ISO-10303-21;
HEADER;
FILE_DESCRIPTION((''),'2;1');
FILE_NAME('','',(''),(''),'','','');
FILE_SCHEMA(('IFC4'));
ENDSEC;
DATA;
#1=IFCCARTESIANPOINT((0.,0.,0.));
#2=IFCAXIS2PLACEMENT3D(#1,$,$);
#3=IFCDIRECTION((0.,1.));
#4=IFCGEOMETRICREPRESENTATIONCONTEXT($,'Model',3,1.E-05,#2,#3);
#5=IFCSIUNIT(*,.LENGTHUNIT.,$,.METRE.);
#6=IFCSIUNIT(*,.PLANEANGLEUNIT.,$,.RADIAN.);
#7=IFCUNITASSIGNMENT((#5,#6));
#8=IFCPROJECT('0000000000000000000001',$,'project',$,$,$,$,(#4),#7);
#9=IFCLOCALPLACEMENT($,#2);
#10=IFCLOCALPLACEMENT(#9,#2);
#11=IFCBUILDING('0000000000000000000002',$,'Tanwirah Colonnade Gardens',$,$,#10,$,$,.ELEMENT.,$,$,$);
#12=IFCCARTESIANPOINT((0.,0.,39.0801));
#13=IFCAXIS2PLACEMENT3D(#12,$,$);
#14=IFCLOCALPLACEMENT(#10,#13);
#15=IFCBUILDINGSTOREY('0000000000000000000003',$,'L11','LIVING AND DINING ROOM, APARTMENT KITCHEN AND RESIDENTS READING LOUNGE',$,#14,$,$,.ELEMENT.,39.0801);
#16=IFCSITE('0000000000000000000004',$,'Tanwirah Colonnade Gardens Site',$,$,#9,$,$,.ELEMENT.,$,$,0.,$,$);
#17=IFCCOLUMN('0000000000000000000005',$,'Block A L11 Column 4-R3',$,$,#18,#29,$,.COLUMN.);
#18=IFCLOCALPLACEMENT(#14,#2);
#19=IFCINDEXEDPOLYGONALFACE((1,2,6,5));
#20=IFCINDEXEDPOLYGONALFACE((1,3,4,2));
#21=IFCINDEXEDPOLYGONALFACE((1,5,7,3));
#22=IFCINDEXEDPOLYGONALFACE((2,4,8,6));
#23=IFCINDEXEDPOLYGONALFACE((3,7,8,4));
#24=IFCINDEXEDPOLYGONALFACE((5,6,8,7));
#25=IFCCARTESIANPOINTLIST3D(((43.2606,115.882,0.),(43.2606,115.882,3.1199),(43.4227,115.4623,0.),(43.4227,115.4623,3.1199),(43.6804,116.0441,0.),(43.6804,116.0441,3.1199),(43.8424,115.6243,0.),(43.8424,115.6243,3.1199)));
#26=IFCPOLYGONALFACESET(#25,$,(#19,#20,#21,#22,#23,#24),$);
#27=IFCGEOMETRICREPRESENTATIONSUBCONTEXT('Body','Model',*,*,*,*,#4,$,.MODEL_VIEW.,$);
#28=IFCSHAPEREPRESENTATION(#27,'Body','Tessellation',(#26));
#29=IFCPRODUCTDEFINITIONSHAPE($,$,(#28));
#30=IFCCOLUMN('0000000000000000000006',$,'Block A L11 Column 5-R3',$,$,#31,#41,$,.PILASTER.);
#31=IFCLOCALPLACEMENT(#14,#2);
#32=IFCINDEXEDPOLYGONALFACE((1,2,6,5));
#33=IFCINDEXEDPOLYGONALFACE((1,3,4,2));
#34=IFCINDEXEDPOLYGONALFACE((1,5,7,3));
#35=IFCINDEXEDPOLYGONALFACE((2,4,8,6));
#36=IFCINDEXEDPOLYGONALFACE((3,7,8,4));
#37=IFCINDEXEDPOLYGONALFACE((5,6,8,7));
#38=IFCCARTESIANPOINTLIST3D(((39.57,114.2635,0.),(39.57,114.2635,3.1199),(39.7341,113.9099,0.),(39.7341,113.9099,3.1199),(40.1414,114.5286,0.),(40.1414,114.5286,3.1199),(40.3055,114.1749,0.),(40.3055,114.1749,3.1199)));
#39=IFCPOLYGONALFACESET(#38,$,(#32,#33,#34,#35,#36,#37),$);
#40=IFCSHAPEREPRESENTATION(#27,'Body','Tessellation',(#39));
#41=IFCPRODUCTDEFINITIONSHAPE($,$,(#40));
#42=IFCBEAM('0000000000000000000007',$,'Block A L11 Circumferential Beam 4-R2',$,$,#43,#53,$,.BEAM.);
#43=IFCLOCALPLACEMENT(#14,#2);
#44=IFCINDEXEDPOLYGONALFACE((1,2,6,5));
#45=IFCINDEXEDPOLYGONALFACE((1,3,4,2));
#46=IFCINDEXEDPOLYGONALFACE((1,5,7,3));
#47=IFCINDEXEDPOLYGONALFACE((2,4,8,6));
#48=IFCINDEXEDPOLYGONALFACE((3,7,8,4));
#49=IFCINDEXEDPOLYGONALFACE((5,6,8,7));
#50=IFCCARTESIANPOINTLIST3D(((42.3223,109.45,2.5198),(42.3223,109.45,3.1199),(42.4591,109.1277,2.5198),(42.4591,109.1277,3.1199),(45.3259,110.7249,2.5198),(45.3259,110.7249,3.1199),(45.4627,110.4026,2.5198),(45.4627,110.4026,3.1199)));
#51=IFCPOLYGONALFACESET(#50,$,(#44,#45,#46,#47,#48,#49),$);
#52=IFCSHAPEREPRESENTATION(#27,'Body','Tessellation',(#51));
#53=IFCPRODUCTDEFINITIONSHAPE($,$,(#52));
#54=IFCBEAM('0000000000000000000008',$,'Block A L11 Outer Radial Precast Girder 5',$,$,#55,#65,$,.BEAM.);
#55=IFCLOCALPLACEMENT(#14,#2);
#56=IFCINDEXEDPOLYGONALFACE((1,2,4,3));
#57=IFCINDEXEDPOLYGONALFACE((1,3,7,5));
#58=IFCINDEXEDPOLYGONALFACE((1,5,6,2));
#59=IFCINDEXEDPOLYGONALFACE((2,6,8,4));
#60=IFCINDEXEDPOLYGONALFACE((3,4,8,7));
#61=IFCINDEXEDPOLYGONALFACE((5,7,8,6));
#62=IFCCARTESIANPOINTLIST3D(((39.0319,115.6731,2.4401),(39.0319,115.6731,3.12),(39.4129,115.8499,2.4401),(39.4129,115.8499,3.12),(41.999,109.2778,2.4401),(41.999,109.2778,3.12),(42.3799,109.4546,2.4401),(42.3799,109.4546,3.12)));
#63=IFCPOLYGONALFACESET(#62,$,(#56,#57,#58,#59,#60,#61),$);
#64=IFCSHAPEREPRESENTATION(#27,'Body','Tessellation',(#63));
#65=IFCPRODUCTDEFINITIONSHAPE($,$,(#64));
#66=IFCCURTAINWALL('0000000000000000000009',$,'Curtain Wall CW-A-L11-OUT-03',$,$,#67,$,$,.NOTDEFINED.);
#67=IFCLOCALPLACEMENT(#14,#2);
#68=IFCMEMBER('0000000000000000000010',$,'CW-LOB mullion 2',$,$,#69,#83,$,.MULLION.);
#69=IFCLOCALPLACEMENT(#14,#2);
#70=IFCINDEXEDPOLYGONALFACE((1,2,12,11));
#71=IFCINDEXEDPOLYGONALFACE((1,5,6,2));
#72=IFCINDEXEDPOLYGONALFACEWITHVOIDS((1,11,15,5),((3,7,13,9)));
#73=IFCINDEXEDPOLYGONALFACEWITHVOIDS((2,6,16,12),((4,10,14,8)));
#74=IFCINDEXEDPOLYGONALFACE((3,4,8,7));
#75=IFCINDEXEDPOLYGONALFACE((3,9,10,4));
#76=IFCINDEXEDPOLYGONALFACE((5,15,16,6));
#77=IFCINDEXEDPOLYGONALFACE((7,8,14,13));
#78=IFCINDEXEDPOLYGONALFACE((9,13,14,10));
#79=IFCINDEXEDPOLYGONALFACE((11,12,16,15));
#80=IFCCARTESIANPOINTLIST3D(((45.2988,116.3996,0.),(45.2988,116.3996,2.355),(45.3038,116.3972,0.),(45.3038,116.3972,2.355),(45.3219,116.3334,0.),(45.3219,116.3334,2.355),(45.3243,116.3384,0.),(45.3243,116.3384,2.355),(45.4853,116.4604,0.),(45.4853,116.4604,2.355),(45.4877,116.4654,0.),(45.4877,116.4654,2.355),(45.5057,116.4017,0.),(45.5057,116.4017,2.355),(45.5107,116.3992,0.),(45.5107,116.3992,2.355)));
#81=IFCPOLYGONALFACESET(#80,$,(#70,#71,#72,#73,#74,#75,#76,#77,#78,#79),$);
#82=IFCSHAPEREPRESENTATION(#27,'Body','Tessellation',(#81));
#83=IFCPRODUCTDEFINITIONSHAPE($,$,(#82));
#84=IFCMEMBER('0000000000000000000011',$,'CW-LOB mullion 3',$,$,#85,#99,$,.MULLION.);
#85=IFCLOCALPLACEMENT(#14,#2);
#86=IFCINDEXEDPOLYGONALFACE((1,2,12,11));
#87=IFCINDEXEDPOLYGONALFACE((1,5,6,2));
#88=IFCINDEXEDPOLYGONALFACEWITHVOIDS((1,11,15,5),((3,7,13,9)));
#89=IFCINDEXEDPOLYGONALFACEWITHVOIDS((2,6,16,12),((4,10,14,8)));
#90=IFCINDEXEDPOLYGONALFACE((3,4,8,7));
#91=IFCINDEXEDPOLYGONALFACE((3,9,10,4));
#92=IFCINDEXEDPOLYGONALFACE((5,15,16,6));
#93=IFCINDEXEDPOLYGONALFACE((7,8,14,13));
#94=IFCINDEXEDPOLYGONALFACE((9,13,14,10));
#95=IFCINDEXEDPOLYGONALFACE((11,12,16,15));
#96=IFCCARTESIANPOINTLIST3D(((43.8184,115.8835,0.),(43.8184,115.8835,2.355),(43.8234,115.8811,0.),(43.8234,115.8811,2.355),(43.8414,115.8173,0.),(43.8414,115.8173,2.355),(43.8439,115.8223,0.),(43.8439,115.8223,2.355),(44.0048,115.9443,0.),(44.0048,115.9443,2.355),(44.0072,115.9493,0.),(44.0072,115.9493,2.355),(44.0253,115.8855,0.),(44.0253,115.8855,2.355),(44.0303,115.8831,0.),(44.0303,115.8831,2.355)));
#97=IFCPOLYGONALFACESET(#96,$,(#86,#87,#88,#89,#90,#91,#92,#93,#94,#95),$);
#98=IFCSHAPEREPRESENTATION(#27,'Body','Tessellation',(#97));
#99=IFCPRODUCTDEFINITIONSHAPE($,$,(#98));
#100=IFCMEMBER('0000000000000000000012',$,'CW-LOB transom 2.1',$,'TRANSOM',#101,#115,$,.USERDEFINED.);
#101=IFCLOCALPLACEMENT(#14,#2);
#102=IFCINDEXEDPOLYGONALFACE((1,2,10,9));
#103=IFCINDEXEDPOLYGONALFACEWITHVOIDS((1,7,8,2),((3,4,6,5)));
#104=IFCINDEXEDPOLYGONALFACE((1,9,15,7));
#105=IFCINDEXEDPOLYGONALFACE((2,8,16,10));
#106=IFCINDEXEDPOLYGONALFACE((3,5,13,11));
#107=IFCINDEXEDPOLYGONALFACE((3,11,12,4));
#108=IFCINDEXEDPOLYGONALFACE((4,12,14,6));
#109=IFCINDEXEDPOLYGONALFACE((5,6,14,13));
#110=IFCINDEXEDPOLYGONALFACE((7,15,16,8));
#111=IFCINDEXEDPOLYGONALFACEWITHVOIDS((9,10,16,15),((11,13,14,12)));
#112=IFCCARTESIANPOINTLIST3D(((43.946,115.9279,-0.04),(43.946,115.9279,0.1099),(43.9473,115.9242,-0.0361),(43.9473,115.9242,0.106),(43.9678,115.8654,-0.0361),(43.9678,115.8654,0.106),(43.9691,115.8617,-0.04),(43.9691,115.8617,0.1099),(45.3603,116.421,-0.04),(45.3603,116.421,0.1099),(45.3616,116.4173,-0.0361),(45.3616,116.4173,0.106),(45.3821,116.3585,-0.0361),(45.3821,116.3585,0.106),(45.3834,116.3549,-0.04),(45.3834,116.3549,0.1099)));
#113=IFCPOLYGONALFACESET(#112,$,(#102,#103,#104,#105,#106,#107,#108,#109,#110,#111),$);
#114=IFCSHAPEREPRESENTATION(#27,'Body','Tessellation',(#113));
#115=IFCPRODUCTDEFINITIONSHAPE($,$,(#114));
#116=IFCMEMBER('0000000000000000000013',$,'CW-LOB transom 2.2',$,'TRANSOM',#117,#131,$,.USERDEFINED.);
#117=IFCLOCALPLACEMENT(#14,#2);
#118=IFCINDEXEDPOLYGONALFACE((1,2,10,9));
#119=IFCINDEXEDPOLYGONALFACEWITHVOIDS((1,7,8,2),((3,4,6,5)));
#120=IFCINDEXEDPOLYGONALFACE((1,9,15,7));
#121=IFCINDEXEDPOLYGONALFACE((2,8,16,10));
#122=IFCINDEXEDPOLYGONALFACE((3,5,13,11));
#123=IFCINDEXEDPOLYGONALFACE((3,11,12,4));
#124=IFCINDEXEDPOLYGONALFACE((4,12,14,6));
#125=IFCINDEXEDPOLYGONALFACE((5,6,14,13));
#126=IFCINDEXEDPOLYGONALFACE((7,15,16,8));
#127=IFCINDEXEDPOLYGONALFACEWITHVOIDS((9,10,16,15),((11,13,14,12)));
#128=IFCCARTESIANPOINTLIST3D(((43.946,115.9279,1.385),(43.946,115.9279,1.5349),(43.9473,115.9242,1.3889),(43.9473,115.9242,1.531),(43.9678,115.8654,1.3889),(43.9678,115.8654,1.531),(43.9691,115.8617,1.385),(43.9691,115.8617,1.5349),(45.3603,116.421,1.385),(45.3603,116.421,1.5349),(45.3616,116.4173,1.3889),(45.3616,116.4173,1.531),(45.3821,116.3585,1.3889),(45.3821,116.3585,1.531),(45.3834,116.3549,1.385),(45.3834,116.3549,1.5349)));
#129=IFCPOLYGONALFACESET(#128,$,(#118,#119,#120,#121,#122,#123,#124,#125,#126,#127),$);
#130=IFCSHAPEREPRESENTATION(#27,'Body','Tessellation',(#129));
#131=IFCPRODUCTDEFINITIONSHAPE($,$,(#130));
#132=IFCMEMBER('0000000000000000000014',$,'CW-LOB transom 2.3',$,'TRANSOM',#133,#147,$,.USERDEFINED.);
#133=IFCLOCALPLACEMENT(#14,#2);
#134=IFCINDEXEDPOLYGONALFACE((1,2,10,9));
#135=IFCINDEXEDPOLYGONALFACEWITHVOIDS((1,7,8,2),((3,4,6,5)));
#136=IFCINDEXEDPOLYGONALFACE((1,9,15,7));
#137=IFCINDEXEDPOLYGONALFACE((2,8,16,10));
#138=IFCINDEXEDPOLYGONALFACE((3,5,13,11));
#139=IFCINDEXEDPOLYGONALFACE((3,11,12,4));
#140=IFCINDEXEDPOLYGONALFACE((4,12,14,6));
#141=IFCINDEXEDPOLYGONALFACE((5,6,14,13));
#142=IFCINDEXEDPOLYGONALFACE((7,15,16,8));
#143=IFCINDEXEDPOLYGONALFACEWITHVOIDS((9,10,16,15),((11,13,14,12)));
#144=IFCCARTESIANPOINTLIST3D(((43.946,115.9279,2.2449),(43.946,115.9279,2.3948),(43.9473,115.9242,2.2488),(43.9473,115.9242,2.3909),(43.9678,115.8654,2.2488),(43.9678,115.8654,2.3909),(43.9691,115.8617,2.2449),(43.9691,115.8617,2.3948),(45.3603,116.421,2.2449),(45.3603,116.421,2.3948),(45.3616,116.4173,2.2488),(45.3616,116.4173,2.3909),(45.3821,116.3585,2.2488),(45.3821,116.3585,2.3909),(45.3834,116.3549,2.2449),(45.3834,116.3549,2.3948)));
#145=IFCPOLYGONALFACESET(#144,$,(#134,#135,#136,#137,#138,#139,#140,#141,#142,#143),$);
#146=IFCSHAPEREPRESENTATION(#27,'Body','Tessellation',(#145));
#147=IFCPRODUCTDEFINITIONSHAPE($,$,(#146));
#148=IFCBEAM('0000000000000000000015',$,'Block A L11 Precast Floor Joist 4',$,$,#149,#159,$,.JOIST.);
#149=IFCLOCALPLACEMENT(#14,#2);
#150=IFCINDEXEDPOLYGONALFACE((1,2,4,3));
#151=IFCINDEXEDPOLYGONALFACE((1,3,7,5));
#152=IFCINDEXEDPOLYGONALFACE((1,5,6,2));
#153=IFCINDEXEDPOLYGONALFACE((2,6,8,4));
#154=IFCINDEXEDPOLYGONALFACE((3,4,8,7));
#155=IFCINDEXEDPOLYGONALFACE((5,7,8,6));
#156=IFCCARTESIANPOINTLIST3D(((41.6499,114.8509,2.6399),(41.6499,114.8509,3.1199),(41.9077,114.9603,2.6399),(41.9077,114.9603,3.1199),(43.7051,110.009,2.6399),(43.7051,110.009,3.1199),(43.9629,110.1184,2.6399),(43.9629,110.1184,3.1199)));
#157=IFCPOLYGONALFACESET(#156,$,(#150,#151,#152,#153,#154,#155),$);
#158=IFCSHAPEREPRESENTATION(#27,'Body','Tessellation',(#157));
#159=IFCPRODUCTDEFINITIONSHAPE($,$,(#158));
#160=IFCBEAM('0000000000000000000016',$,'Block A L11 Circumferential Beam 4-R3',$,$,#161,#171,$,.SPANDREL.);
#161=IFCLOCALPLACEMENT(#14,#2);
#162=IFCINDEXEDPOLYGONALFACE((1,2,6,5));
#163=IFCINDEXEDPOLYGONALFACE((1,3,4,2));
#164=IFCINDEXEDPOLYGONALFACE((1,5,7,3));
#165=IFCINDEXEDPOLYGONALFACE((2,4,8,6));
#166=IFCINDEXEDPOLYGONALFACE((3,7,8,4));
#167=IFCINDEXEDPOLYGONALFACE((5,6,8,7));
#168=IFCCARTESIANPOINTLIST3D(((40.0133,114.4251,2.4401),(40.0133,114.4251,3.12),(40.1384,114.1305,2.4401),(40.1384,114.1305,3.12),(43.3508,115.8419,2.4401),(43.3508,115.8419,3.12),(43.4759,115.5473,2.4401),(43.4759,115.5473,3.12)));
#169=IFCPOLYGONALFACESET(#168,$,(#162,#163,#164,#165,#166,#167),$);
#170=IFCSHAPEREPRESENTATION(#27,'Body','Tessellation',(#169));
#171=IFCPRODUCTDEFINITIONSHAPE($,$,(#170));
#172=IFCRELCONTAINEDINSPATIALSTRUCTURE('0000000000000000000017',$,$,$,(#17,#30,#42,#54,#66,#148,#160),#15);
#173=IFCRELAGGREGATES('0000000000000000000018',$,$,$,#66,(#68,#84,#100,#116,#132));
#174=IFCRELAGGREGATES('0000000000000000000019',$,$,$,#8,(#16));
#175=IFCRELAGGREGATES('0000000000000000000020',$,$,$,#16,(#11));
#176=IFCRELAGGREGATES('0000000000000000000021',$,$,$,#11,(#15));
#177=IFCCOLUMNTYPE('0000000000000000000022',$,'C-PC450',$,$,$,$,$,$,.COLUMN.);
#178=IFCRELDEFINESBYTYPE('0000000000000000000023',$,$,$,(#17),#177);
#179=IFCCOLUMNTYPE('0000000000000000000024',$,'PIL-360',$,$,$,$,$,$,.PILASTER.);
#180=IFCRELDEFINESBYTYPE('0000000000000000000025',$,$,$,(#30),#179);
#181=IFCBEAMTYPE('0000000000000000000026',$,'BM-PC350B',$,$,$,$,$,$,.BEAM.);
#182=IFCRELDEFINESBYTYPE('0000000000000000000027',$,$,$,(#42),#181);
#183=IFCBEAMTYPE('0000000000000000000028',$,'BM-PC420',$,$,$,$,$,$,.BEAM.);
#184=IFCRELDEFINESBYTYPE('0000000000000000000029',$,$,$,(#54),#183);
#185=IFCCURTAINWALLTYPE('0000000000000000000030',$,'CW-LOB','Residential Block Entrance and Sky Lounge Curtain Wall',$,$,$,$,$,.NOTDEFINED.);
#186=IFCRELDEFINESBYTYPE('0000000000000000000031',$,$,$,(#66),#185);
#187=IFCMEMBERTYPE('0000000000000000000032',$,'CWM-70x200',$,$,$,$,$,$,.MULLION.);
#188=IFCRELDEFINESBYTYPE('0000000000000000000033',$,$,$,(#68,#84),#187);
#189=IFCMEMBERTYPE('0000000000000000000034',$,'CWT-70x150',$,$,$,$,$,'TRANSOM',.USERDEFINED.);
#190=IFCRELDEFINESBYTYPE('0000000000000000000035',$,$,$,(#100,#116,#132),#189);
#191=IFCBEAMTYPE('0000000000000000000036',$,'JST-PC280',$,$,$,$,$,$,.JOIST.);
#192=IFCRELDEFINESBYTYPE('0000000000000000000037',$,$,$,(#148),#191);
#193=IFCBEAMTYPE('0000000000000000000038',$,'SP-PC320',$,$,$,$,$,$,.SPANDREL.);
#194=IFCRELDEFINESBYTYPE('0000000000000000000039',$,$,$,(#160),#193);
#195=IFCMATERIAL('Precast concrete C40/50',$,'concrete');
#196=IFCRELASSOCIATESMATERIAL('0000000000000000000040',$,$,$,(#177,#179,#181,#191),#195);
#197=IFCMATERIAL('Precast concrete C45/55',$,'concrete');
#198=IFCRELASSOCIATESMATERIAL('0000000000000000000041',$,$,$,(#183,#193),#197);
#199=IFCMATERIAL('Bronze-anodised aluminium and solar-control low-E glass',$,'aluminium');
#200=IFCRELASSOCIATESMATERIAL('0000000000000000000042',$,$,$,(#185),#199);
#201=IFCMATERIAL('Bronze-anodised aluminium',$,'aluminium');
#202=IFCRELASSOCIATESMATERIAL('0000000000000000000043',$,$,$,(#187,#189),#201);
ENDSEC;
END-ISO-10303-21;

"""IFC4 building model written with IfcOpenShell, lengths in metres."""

from ifc_helpers import new_model, si_unit, direction, frame, origin, origin_2d, place, context, subcontext, project, spatial, rectangle, hollow_rectangle, extrude, material, material_profile, profile_set, type_object, element, aggregate, save


model = new_model("IFC4")

# Units and contexts
model_context = context("Model", 3, precision=1e-05, world=origin(), true_north=direction((0.0, 1.0)))
body_context = subcontext(model_context, "Body", "Model", "MODEL_VIEW")
ifc_project = project(units=[si_unit("LENGTHUNIT", "METRE"), si_unit("PLANEANGLEUNIT", "RADIAN")], contexts=[model_context])

# Site, building, storey
site_placement = place(None, origin())
site = spatial("IfcSite", under=ifc_project, at=site_placement, Name="Tanwirah Colonnade Gardens Site", CompositionType="ELEMENT", RefElevation=0.0)
building_placement = place(site_placement, origin())
building = spatial("IfcBuilding", under=site, at=building_placement, Name="Tanwirah Colonnade Gardens", CompositionType="ELEMENT")
storey_placement = place(building_placement, frame((0.0, 0.0, 39.0801)))
storey = spatial("IfcBuildingStorey", under=building, at=storey_placement, Name="L11", Description="LIVING AND DINING ROOM, APARTMENT KITCHEN AND RESIDENTS READING LOUNGE", CompositionType="ELEMENT", Elevation=39.0801)

# Columns
ifc_material_1 = material(Name="Precast concrete C40/50", Category="concrete")
ifc_material_profile_1 = material_profile(ifc_material_1, rectangle(XDim=0.45, YDim=0.45, at=origin_2d()), Name="PC-COL 450x450")
ifc_profile_set_1 = profile_set([ifc_material_profile_1], Name="Precast concrete C40/50")
column_type_1 = type_object("IfcColumnType", Name="C-PC450", PredefinedType="COLUMN", material=ifc_profile_set_1)
column_1_placement = place(storey_placement, frame((43.5515, 115.7532, 0.0), z_axis=(0.0, 0.0, 1.0), x_axis=(-0.360178, 0.932884, 0.0)))
element("IfcColumn", 1, at=column_1_placement, inside=storey, type_object=column_type_1, Name="Block A L11 Column 4-R3", PredefinedType="COLUMN", context=body_context, shape_type="SweptSolid", body=[
    extrude(rectangle(XDim=0.45, YDim=0.45, at=origin_2d()), origin(), (0.0, 0.0, 1.0), 3.1199),
])
ifc_material_profile_2 = material_profile(ifc_material_1, rectangle(XDim=0.3899, YDim=0.6299, at=origin_2d()), Name="PC-PIL 390x630")
ifc_profile_set_2 = profile_set([ifc_material_profile_2], Name="Precast concrete C40/50")
column_type_2 = type_object("IfcColumnType", Name="PIL-360", PredefinedType="PILASTER", material=ifc_profile_set_2)
column_2_placement = place(storey_placement, frame((39.9377, 114.2192, 0.0), z_axis=(0.0, 0.0, 1.0), x_axis=(-0.42086, 0.907126, 0.0)))
element("IfcColumn", 2, at=column_2_placement, inside=storey, type_object=column_type_2, Name="Block A L11 Column 5-R3", PredefinedType="PILASTER", context=body_context, shape_type="SweptSolid", body=[
    extrude(rectangle(XDim=0.3899, YDim=0.6299, at=origin_2d()), origin(), (0.0, 0.0, 1.0), 3.1199),
])

# Beams
ifc_material_profile_3 = material_profile(ifc_material_1, rectangle(XDim=0.3501, YDim=0.6001, at=origin_2d()), Name="PC-BM 350x600")
ifc_profile_set_3 = profile_set([ifc_material_profile_3], Name="Precast concrete C40/50")
beam_type_1 = type_object("IfcBeamType", Name="BM-PC350B", PredefinedType="BEAM", material=ifc_profile_set_3)
beam_1_placement = place(storey_placement, frame((45.3943, 110.5637, 2.8198), z_axis=(-0.920513, -0.390711, 0.0), x_axis=(0.390711, -0.920513, 0.0)))
element("IfcBeam", 3, at=beam_1_placement, inside=storey, type_object=beam_type_1, Name="Block A L11 Circumferential Beam 4-R2", PredefinedType="BEAM", context=body_context, shape_type="SweptSolid", body=[
    extrude(rectangle(XDim=0.3501, YDim=0.6001, at=origin_2d()), origin(), (0.0, 0.0, 1.0), 3.2629),
])
ifc_material_2 = material(Name="Precast concrete C45/55", Category="concrete")
ifc_material_profile_4 = material_profile(ifc_material_2, rectangle(XDim=0.4199, YDim=0.6799, at=origin_2d()), Name="PC-BM 420x680")
ifc_profile_set_4 = profile_set([ifc_material_profile_4], Name="Precast concrete C45/55")
beam_type_2 = type_object("IfcBeamType", Name="BM-PC420", PredefinedType="BEAM", material=ifc_profile_set_4)
beam_2_placement = place(storey_placement, frame((42.1895, 109.3662, 2.78), z_axis=(-0.420856, 0.907128, 0.0), x_axis=(-0.907128, -0.420856, 0.0)))
element("IfcBeam", 4, at=beam_2_placement, inside=storey, type_object=beam_type_2, Name="Block A L11 Outer Radial Precast Girder 5", PredefinedType="BEAM", context=body_context, shape_type="SweptSolid", body=[
    extrude(rectangle(XDim=0.4199, YDim=0.6799, at=origin_2d()), origin(), (0.0, 0.0, 1.0), 7.05),
])

# Curtain wall, members
ifc_material_3 = material(Name="Bronze-anodised aluminium and solar-control low-E glass", Category="aluminium")
curtain_wall_type = type_object("IfcCurtainWallType", Name="CW-LOB", Description="Residential Block Entrance and Sky Lounge Curtain Wall", PredefinedType="NOTDEFINED", material=ifc_material_3)
curtain_wall_placement = place(storey_placement, origin())
curtain_wall = element("IfcCurtainWall", 5, at=curtain_wall_placement, inside=storey, type_object=curtain_wall_type, Name="Curtain Wall CW-A-L11-OUT-03", PredefinedType="NOTDEFINED")
ifc_material_4 = material(Name="Bronze-anodised aluminium", Category="aluminium")
ifc_material_profile_5 = material_profile(ifc_material_4, hollow_rectangle(XDim=0.0701, YDim=0.2, WallThickness=0.0039, at=origin_2d()), Name="CW-MUL 70x200x4")
ifc_profile_set_5 = profile_set([ifc_material_profile_5], Name="Bronze-anodised aluminium")
member_type_1 = type_object("IfcMemberType", Name="CWM-70x200", PredefinedType="MULLION", material=ifc_profile_set_5)
member_1_placement = place(storey_placement, frame((45.4048, 116.3994, 0.0), z_axis=(0.0, 0.0, 1.0), x_axis=(0.329233, -0.944249, 0.0)))
member_1 = element("IfcMember", 6, at=member_1_placement, type_object=member_type_1, Name="CW-LOB mullion 2", PredefinedType="MULLION", context=body_context, shape_type="SweptSolid", body=[
    extrude(hollow_rectangle(XDim=0.0701, YDim=0.2, WallThickness=0.0039, at=origin_2d()), origin(), (0.0, 0.0, 1.0), 2.355),
])
member_2_placement = place(storey_placement, frame((43.9243, 115.8833, 0.0), z_axis=(0.0, 0.0, 1.0), x_axis=(0.329233, -0.944249, 0.0)))
member_2 = element("IfcMember", 7, at=member_2_placement, type_object=member_type_1, Name="CW-LOB mullion 3", PredefinedType="MULLION", context=body_context, shape_type="SweptSolid", body=[
    extrude(hollow_rectangle(XDim=0.0701, YDim=0.2, WallThickness=0.0039, at=origin_2d()), origin(), (0.0, 0.0, 1.0), 2.355),
])
ifc_material_profile_6 = material_profile(ifc_material_4, hollow_rectangle(XDim=0.0701, YDim=0.1499, WallThickness=0.0039, at=origin_2d()), Name="CW-TRN 70x150x4")
ifc_profile_set_6 = profile_set([ifc_material_profile_6], Name="Bronze-anodised aluminium")
member_type_2 = type_object("IfcMemberType", Name="CWT-70x150", ElementType="TRANSOM", PredefinedType="USERDEFINED", material=ifc_profile_set_6)
member_3_placement = place(storey_placement, frame((45.3718, 116.3879, 0.0349), z_axis=(-0.944241, -0.329254, 0.0), x_axis=(0.329254, -0.944241, 0.0)))
member_3 = element("IfcMember", 8, at=member_3_placement, type_object=member_type_2, Name="CW-LOB transom 2.1", ObjectType="TRANSOM", PredefinedType="USERDEFINED", context=body_context, shape_type="SweptSolid", body=[
    extrude(hollow_rectangle(XDim=0.0701, YDim=0.1499, WallThickness=0.0039, at=origin_2d()), origin(), (0.0, 0.0, 1.0), 1.4978),
])
member_4_placement = place(storey_placement, frame((45.3718, 116.3879, 1.46), z_axis=(-0.944241, -0.329254, 0.0), x_axis=(0.329254, -0.944241, 0.0)))
member_4 = element("IfcMember", 9, at=member_4_placement, type_object=member_type_2, Name="CW-LOB transom 2.2", ObjectType="TRANSOM", PredefinedType="USERDEFINED", context=body_context, shape_type="SweptSolid", body=[
    extrude(hollow_rectangle(XDim=0.0701, YDim=0.1499, WallThickness=0.0039, at=origin_2d()), origin(), (0.0, 0.0, 1.0), 1.4978),
])
member_5_placement = place(storey_placement, frame((45.3718, 116.3879, 2.3198), z_axis=(-0.944241, -0.329254, 0.0), x_axis=(0.329254, -0.944241, 0.0)))
member_5 = element("IfcMember", 10, at=member_5_placement, type_object=member_type_2, Name="CW-LOB transom 2.3", ObjectType="TRANSOM", PredefinedType="USERDEFINED", context=body_context, shape_type="SweptSolid", body=[
    extrude(hollow_rectangle(XDim=0.0701, YDim=0.1499, WallThickness=0.0039, at=origin_2d()), origin(), (0.0, 0.0, 1.0), 1.4978),
])

# Beams
ifc_material_profile_7 = material_profile(ifc_material_1, rectangle(XDim=0.28, YDim=0.48, at=origin_2d()), Name="PC-JST 280x480")
ifc_profile_set_7 = profile_set([ifc_material_profile_7], Name="Precast concrete C40/50")
beam_type_3 = type_object("IfcBeamType", Name="JST-PC280", PredefinedType="JOIST", material=ifc_profile_set_7)
beam_3_placement = place(storey_placement, frame((43.834, 110.0637, 2.8799), z_axis=(-0.390724, 0.920508, 0.0), x_axis=(-0.920508, -0.390724, 0.0)))
element("IfcBeam", 11, at=beam_3_placement, inside=storey, type_object=beam_type_3, Name="Block A L11 Precast Floor Joist 4", PredefinedType="JOIST", context=body_context, shape_type="SweptSolid", body=[
    extrude(rectangle(XDim=0.28, YDim=0.48, at=origin_2d()), origin(), (0.0, 0.0, 1.0), 5.26),
])
ifc_material_profile_8 = material_profile(ifc_material_2, rectangle(XDim=0.3201, YDim=0.6799, at=origin_2d()), Name="PC-SP 320x680")
ifc_profile_set_8 = profile_set([ifc_material_profile_8], Name="Precast concrete C45/55")
beam_type_4 = type_object("IfcBeamType", Name="SP-PC320", PredefinedType="SPANDREL", material=ifc_profile_set_8)
beam_4_placement = place(storey_placement, frame((43.4133, 115.6946, 2.78), z_axis=(-0.920494, -0.390756, 0.0), x_axis=(0.390756, -0.920494, 0.0)))
element("IfcBeam", 12, at=beam_4_placement, inside=storey, type_object=beam_type_4, Name="Block A L11 Circumferential Beam 4-R3", PredefinedType="SPANDREL", context=body_context, shape_type="SweptSolid", body=[
    extrude(rectangle(XDim=0.3201, YDim=0.6799, at=origin_2d()), origin(), (0.0, 0.0, 1.0), 3.6257),
])

aggregate(curtain_wall, [member_1, member_2, member_3, member_4, member_5])

save(model, "model.ifc")
